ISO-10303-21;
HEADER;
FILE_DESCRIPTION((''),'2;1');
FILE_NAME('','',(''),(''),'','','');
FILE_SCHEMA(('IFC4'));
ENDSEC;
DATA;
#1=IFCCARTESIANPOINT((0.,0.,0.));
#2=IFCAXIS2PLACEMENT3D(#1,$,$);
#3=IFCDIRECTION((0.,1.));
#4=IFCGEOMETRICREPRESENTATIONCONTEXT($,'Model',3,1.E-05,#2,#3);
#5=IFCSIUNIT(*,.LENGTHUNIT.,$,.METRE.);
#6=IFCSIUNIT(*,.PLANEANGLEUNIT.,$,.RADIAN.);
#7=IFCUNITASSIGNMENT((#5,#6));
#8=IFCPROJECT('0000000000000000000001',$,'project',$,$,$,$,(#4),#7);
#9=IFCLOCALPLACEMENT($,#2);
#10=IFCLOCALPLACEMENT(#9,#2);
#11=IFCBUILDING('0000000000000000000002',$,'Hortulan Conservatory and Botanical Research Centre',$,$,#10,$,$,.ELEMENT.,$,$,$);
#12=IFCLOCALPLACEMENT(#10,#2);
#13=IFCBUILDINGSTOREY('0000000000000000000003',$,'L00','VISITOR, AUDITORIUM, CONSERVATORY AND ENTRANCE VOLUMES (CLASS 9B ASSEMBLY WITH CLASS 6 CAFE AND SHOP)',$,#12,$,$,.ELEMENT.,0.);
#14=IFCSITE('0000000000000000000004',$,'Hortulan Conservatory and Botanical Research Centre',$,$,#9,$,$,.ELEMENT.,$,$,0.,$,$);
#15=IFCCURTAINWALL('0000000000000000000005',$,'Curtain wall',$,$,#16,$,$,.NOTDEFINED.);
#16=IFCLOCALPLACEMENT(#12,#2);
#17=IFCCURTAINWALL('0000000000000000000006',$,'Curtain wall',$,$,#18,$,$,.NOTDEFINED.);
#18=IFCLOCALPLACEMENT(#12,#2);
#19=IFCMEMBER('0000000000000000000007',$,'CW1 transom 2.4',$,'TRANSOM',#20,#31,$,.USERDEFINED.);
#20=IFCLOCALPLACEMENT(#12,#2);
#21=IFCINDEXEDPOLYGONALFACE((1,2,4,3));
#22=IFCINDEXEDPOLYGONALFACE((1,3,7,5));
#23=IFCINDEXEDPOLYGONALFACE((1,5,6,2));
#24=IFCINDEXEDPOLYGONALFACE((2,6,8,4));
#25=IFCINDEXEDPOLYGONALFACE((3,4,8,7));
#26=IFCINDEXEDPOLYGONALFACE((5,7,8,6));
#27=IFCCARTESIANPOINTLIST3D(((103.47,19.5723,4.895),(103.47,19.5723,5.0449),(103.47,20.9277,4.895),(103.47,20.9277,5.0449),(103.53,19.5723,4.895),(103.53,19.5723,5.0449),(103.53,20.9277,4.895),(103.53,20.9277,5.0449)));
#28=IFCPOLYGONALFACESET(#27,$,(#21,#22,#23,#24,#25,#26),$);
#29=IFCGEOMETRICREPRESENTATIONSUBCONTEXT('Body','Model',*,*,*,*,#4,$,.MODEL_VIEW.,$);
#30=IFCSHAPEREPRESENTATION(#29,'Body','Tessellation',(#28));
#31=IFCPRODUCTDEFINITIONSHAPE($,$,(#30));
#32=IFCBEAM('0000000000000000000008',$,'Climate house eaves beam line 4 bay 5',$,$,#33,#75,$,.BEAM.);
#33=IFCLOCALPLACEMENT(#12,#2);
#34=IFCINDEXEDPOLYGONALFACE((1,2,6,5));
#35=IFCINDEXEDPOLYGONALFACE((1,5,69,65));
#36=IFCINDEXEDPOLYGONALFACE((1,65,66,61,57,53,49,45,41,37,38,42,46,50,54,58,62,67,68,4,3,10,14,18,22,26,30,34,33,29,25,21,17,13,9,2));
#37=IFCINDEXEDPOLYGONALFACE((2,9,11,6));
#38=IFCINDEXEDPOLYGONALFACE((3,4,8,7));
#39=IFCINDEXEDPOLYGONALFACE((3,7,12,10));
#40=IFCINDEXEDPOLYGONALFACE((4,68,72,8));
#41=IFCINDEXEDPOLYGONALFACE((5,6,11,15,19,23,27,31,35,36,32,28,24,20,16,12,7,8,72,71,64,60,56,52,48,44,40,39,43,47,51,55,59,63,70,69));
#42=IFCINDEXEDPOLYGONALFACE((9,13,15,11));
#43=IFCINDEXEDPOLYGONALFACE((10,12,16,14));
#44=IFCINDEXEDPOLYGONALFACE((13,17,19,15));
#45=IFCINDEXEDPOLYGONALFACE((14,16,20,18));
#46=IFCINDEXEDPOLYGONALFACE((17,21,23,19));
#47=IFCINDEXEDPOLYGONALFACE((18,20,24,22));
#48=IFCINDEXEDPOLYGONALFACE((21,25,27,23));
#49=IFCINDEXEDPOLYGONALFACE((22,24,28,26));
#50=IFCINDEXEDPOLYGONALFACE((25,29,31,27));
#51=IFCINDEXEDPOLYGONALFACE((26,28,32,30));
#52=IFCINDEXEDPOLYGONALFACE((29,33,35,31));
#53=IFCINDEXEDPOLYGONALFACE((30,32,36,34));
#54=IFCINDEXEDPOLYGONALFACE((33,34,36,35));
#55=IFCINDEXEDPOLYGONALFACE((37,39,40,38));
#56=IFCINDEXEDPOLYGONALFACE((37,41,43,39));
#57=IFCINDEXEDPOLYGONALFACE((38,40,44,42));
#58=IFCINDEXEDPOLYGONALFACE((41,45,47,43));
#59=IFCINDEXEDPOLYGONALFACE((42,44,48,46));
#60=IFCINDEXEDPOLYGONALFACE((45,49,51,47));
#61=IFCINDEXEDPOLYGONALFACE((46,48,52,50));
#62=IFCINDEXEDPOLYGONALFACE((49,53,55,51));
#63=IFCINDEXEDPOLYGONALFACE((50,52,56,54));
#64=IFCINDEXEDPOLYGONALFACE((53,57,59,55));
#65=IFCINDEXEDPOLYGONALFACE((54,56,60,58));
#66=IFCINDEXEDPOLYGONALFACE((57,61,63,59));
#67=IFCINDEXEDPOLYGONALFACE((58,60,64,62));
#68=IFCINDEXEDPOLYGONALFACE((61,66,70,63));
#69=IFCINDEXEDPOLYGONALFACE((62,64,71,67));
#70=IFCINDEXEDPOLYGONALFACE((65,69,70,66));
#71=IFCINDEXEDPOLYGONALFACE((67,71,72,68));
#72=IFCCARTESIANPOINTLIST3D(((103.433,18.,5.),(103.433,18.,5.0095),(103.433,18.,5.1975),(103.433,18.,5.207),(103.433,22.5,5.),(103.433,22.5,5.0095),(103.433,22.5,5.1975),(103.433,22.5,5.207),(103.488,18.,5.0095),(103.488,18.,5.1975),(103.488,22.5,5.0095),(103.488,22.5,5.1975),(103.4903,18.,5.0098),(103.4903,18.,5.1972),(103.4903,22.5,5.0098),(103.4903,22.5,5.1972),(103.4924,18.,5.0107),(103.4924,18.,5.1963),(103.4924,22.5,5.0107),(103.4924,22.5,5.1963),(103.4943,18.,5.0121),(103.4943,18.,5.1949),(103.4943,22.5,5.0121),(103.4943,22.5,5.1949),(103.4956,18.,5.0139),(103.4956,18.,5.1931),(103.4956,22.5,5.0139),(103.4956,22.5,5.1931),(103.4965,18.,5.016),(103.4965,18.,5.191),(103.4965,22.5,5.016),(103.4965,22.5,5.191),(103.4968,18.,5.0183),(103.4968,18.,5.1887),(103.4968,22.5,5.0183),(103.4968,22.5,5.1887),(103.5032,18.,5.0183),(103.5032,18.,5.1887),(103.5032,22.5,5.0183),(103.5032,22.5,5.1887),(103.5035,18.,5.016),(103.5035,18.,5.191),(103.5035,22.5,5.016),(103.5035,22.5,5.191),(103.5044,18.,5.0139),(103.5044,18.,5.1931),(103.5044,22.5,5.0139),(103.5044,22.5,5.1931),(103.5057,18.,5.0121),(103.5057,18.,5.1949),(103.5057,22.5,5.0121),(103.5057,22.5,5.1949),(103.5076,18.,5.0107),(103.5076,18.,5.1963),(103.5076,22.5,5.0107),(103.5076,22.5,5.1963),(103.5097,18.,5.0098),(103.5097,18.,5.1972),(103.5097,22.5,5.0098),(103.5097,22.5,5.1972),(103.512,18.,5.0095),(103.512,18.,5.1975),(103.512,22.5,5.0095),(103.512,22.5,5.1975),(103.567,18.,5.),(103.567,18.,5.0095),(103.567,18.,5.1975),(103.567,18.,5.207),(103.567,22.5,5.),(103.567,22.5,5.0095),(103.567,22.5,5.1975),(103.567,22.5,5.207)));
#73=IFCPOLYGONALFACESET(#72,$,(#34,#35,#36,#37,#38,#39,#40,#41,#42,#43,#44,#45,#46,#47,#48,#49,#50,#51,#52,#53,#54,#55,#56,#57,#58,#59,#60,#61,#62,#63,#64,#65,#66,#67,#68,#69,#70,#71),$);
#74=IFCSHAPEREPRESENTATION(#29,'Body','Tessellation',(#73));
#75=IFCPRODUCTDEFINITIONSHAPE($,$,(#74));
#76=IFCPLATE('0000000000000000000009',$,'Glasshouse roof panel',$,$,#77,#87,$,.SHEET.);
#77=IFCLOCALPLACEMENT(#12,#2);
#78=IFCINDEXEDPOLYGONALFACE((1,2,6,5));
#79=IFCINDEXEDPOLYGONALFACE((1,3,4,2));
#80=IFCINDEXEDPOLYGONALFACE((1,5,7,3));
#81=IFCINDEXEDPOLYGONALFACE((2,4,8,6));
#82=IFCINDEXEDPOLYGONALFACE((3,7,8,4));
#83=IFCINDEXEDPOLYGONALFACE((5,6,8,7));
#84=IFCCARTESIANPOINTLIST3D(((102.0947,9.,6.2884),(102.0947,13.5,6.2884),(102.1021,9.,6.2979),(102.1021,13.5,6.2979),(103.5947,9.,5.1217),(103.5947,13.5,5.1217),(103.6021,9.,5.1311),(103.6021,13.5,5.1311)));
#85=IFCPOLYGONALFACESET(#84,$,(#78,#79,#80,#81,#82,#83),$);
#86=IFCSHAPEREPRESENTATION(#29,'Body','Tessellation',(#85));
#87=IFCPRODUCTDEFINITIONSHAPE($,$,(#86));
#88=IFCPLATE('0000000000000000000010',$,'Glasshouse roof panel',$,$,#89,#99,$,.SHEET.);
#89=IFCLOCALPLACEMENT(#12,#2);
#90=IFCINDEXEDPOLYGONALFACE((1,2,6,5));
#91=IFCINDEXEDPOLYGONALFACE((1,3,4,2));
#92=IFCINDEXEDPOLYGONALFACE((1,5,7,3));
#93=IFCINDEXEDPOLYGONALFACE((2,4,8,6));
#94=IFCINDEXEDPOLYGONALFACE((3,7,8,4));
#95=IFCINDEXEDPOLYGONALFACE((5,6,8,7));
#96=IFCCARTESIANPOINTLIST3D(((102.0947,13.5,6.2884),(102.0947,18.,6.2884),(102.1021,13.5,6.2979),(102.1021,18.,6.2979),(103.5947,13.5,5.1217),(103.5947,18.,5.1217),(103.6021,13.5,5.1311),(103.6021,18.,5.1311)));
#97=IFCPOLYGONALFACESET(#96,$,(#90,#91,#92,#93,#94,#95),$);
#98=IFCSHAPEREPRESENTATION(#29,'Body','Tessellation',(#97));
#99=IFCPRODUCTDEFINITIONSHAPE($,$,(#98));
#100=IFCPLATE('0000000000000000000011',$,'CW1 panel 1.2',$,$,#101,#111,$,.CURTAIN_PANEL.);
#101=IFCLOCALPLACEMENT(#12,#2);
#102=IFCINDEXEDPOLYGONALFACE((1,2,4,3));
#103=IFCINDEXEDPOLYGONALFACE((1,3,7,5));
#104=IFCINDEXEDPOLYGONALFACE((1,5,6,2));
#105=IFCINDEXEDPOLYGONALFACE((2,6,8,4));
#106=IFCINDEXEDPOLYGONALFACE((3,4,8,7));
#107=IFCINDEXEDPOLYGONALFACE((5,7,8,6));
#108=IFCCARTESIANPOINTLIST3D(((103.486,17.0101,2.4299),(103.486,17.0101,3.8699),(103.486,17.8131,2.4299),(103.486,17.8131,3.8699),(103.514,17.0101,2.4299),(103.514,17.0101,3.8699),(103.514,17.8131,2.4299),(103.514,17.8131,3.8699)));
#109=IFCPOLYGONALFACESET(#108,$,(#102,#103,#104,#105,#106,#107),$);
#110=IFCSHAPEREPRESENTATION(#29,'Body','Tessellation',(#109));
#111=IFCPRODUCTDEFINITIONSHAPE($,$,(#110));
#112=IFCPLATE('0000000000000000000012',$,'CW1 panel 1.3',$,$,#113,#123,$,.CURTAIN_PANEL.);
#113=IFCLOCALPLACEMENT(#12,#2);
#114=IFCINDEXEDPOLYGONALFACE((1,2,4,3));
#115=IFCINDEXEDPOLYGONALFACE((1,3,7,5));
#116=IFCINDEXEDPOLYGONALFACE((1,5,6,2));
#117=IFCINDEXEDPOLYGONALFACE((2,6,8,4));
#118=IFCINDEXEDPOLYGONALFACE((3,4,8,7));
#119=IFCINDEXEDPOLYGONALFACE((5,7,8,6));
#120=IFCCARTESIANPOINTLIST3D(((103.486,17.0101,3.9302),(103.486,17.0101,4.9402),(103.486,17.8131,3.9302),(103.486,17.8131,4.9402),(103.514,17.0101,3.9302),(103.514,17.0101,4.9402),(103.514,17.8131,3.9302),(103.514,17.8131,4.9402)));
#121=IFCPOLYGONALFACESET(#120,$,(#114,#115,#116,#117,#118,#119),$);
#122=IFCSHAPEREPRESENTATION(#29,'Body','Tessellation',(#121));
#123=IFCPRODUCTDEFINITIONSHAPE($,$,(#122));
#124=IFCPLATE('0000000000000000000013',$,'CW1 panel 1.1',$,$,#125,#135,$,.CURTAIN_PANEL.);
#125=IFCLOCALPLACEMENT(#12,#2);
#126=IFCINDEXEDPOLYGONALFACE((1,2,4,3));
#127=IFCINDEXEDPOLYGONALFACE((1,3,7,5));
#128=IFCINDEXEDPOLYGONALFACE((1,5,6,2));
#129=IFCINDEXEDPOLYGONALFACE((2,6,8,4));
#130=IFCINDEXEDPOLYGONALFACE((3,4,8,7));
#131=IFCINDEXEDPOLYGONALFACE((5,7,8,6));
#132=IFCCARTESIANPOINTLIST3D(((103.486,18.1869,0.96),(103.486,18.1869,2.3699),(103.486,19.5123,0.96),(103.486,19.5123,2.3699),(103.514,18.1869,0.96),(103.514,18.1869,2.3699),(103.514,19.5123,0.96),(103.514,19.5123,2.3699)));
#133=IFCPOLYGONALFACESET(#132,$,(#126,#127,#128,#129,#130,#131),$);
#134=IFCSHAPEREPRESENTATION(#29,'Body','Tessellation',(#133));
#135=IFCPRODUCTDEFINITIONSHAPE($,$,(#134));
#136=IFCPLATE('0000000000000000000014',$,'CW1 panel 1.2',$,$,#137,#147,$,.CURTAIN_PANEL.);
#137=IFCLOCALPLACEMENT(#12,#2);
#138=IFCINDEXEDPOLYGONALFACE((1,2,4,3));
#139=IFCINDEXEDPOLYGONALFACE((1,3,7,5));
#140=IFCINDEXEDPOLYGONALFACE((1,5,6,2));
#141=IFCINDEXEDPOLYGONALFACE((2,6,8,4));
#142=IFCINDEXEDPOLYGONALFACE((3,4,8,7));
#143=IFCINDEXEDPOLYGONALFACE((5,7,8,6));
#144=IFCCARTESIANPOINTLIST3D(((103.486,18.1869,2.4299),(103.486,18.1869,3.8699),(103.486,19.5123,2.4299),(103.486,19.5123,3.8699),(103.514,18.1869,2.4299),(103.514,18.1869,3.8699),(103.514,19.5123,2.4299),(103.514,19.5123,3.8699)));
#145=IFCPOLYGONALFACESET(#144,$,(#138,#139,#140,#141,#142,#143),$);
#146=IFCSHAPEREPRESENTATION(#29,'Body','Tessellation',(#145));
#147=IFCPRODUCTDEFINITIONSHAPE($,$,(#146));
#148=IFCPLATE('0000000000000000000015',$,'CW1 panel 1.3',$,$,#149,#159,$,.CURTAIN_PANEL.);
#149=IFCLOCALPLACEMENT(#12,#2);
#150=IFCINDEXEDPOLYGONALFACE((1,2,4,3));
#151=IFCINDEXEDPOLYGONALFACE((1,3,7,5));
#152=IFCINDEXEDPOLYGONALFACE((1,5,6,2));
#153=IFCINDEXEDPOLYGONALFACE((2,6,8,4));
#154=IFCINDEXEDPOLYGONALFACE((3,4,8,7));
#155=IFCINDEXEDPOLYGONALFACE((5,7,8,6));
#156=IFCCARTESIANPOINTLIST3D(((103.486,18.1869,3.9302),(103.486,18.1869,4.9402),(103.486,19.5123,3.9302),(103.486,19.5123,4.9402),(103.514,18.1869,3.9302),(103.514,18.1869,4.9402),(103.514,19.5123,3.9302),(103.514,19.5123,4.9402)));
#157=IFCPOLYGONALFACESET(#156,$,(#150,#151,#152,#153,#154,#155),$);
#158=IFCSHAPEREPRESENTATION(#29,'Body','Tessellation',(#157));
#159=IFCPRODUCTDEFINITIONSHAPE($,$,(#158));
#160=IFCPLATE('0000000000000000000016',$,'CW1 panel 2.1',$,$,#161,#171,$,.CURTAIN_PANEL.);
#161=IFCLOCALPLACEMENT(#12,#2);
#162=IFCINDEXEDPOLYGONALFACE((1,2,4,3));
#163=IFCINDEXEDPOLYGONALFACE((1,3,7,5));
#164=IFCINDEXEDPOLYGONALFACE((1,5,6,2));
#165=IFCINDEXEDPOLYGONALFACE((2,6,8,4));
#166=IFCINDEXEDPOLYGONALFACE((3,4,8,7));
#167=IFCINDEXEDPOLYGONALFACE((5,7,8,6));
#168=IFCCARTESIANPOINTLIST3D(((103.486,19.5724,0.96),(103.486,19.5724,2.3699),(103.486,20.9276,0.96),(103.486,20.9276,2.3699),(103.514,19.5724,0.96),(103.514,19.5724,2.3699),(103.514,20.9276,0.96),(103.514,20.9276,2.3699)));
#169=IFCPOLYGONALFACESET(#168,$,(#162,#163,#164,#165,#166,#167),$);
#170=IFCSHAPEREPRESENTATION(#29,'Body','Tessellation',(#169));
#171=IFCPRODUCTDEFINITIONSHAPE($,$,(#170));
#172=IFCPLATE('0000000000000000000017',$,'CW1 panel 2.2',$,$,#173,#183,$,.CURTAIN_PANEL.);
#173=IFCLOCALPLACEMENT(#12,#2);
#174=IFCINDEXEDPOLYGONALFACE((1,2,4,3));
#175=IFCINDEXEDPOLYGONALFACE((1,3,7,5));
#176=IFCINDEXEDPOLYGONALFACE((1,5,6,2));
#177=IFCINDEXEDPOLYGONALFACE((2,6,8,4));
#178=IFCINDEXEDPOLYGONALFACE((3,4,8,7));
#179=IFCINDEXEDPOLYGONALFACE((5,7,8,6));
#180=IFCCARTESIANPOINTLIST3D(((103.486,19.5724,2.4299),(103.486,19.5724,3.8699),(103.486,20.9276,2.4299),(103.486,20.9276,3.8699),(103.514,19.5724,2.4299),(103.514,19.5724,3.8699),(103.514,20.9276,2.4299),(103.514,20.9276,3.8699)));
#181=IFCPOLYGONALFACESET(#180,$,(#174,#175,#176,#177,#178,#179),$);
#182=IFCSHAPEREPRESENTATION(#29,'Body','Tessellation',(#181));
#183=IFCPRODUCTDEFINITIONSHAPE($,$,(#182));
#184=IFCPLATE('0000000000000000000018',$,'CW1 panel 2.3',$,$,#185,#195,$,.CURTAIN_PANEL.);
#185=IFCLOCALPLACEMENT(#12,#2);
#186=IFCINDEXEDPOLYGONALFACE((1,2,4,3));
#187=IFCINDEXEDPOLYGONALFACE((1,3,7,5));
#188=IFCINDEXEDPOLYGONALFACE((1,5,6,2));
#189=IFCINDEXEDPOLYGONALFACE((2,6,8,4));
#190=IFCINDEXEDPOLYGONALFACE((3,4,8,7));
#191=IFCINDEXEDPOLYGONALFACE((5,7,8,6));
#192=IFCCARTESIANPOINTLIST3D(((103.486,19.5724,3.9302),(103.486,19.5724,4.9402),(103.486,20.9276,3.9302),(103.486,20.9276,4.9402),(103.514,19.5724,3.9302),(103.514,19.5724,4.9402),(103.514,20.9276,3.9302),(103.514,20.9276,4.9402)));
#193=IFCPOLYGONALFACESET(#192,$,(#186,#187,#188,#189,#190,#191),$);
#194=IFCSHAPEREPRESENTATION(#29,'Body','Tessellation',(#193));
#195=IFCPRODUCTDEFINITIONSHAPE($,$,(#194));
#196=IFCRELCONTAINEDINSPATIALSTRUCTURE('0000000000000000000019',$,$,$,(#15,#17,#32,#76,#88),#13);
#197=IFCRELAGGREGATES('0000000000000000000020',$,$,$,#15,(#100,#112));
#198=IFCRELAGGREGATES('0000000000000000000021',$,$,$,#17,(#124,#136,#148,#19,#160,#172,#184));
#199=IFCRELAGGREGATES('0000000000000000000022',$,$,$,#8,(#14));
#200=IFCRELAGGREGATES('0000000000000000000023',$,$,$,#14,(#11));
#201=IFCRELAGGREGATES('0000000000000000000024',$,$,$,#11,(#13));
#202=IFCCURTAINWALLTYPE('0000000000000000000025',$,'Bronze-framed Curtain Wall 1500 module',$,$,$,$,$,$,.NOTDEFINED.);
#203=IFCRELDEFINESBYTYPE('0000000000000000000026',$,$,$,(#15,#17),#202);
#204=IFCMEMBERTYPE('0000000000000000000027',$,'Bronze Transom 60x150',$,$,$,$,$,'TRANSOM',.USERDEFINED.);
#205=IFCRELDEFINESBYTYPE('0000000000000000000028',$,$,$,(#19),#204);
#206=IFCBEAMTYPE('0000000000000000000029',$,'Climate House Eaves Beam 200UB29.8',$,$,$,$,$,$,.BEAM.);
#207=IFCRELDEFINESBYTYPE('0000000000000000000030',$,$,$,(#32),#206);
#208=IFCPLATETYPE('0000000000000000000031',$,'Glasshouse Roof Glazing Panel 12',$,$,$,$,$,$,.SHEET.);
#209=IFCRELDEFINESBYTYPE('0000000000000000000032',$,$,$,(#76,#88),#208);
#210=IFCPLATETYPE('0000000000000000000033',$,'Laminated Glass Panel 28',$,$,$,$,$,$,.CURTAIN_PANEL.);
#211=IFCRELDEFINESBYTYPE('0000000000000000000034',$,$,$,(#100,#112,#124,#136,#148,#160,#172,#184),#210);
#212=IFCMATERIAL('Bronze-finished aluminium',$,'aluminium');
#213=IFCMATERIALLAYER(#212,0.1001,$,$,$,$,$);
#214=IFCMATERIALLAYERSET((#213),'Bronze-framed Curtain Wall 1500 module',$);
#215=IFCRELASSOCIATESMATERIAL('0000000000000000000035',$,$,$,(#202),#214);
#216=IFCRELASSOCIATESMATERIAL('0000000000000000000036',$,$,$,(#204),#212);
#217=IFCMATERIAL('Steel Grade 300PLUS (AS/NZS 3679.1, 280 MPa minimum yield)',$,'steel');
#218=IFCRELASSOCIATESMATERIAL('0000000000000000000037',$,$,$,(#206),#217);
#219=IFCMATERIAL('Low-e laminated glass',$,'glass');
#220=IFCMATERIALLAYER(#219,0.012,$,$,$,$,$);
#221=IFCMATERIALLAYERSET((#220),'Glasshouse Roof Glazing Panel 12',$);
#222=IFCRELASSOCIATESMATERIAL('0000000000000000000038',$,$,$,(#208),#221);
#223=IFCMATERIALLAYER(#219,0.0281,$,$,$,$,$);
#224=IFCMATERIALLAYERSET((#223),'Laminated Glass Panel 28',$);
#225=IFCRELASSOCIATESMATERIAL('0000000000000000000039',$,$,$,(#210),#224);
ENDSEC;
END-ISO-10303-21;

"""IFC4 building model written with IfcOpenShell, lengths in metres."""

from ifc_helpers import new_model, si_unit, direction, frame, origin, origin_2d, place, context, subcontext, project, spatial, polyline, rectangle, i_section, outline, extrude, material, layer, layer_set, material_profile, profile_set, type_object, element, aggregate, save


model = new_model("IFC4")

# Units and contexts
model_context = context("Model", 3, precision=1e-05, world=origin(), true_north=direction((0.0, 1.0)))
body_context = subcontext(model_context, "Body", "Model", "MODEL_VIEW")
ifc_project = project(units=[si_unit("LENGTHUNIT", "METRE"), si_unit("PLANEANGLEUNIT", "RADIAN")], contexts=[model_context])

# Site, building, storey
site_placement = place(None, origin())
site = spatial("IfcSite", under=ifc_project, at=site_placement, Name="Hortulan Conservatory and Botanical Research Centre", CompositionType="ELEMENT", RefElevation=0.0)
building_placement = place(site_placement, origin())
building = spatial("IfcBuilding", under=site, at=building_placement, Name="Hortulan Conservatory and Botanical Research Centre", CompositionType="ELEMENT")
storey_placement = place(building_placement, origin())
storey = spatial("IfcBuildingStorey", under=building, at=storey_placement, Name="L00", Description="VISITOR, AUDITORIUM, CONSERVATORY AND ENTRANCE VOLUMES (CLASS 9B ASSEMBLY WITH CLASS 6 CAFE AND SHOP)", CompositionType="ELEMENT", Elevation=0.0)

# Shared definitions
ifc_material_1 = material(Name="Steel Grade 300PLUS (AS/NZS 3679.1, 280 MPa minimum yield)", Category="steel")

# Curtain wall
ifc_material_2 = material(Name="Bronze-finished aluminium", Category="aluminium")
ifc_layer_1 = layer(ifc_material_2, 0.1001)
ifc_layer_set_1 = layer_set([ifc_layer_1], Name="Bronze-framed Curtain Wall 1500 module")
curtain_wall_type = type_object("IfcCurtainWallType", Name="Bronze-framed Curtain Wall 1500 module", PredefinedType="NOTDEFINED", material=ifc_layer_set_1)
curtain_wall_1_placement = place(storey_placement, origin())
curtain_wall_1 = element("IfcCurtainWall", 1, at=curtain_wall_1_placement, inside=storey, type_object=curtain_wall_type, Name="Curtain wall", PredefinedType="NOTDEFINED")

# Curtain wall, member
curtain_wall_2_placement = place(storey_placement, origin())
curtain_wall_2 = element("IfcCurtainWall", 2, at=curtain_wall_2_placement, inside=storey, type_object=curtain_wall_type, Name="Curtain wall", PredefinedType="NOTDEFINED")
ifc_material_profile_1 = material_profile(ifc_material_2, rectangle(XDim=0.0601, YDim=0.1499, at=origin_2d()), Name="Bronze Transom 60x150")
ifc_profile_set_1 = profile_set([ifc_material_profile_1], Name="Bronze-finished aluminium")
member_type_1 = type_object("IfcMemberType", Name="Bronze Transom 60x150", ElementType="TRANSOM", PredefinedType="USERDEFINED", material=ifc_profile_set_1)
member_1_placement = place(storey_placement, frame((103.5, 19.5723, 4.97), z_axis=(0.0, 1.0, 0.0), x_axis=(-1.0, 0.0, 0.0)))
member_1 = element("IfcMember", 3, at=member_1_placement, type_object=member_type_1, Name="CW1 transom 2.4", ObjectType="TRANSOM", PredefinedType="USERDEFINED", context=body_context, shape_type="SweptSolid", body=[
    extrude(rectangle(XDim=0.0601, YDim=0.1499, at=origin_2d()), origin(), (0.0, 0.0, 1.0), 1.3555),
])

# Beam
ifc_material_profile_2 = material_profile(ifc_material_1, i_section(OverallWidth=0.134, OverallDepth=0.207, WebThickness=0.0063, FlangeThickness=0.0095, FilletRadius=0.0088, at=origin_2d()), Name="200UB29.8")
ifc_profile_set_2 = profile_set([ifc_material_profile_2], Name="Steel Grade 300PLUS (AS/NZS 3679.1, 280 MPa minimum yield)")
beam_type = type_object("IfcBeamType", Name="Climate House Eaves Beam 200UB29.8", PredefinedType="BEAM", material=ifc_profile_set_2)
beam_placement = place(storey_placement, frame((103.5, 18.0, 5.1035), z_axis=(0.0, 1.0, 0.0), x_axis=(-1.0, 0.0, 0.0)))
element("IfcBeam", 4, at=beam_placement, inside=storey, type_object=beam_type, Name="Climate house eaves beam line 4 bay 5", PredefinedType="BEAM", context=body_context, shape_type="SweptSolid", body=[
    extrude(i_section(OverallWidth=0.134, OverallDepth=0.207, WebThickness=0.0063, FlangeThickness=0.0095, FilletRadius=0.0088, at=origin_2d()), origin(), (0.0, 0.0, 1.0), 4.5),
])

# Plates
ifc_material_3 = material(Name="Low-e laminated glass", Category="glass")
ifc_layer_2 = layer(ifc_material_3, 0.012)
ifc_layer_set_2 = layer_set([ifc_layer_2], Name="Glasshouse Roof Glazing Panel 12")
plate_type_1 = type_object("IfcPlateType", Name="Glasshouse Roof Glazing Panel 12", PredefinedType="SHEET", material=ifc_layer_set_2)
for number, where, z_axis, x_axis, name in (
    (5, (103.6021, 13.5, 5.1311), (0.613967, 0.0, 0.789331), (-0.789331, 0.0, 0.613967), "Glasshouse roof panel"),
    (6, (103.6021, 18.0, 5.1311), (0.613967, 0.0, 0.789331), (-0.789331, 0.0, 0.613967), "Glasshouse roof panel"),
):
    element("IfcPlate", number, at=place(storey_placement, frame(where, z_axis=z_axis, x_axis=x_axis)), inside=storey, type_object=plate_type_1, Name=name, PredefinedType="SHEET", context=body_context, shape_type="SweptSolid", body=[
        extrude(outline(polyline([(0.0, 0.0), (1.9003, 0.0), (1.9003, 4.5), (0.0, 4.5), (0.0, 0.0)])), origin(), (0.0, 0.0, -1.0), 0.012),
    ])

# Plates
ifc_layer_3 = layer(ifc_material_3, 0.0281)
ifc_layer_set_3 = layer_set([ifc_layer_3], Name="Laminated Glass Panel 28")
plate_type_2 = type_object("IfcPlateType", Name="Laminated Glass Panel 28", PredefinedType="CURTAIN_PANEL", material=ifc_layer_set_3)
plate_1_placement = place(storey_placement, frame((103.5, 17.4116, 2.4299), z_axis=(0.0, 0.0, 1.0), x_axis=(0.0, 1.0, 0.0)))
plate_1 = element("IfcPlate", 7, at=plate_1_placement, type_object=plate_type_2, Name="CW1 panel 1.2", PredefinedType="CURTAIN_PANEL", context=body_context, shape_type="SweptSolid", body=[
    extrude(rectangle(XDim=0.803, YDim=0.0281, at=origin_2d()), origin(), (0.0, 0.0, 1.0), 1.4399),
])
plate_2_placement = place(storey_placement, frame((103.5, 17.4116, 3.9302), z_axis=(0.0, 0.0, 1.0), x_axis=(0.0, 1.0, 0.0)))
plate_2 = element("IfcPlate", 8, at=plate_2_placement, type_object=plate_type_2, Name="CW1 panel 1.3", PredefinedType="CURTAIN_PANEL", context=body_context, shape_type="SweptSolid", body=[
    extrude(rectangle(XDim=0.803, YDim=0.0281, at=origin_2d()), origin(), (0.0, 0.0, 1.0), 1.01),
])
aggregate(curtain_wall_1, [plate_1, plate_2])
plate_3_placement = place(storey_placement, frame((103.5, 18.8496, 0.96), z_axis=(0.0, 0.0, 1.0), x_axis=(0.0, 1.0, 0.0)))
plate_3 = element("IfcPlate", 9, at=plate_3_placement, type_object=plate_type_2, Name="CW1 panel 1.1", PredefinedType="CURTAIN_PANEL", context=body_context, shape_type="SweptSolid", body=[
    extrude(rectangle(XDim=1.3254, YDim=0.0281, at=origin_2d()), origin(), (0.0, 0.0, 1.0), 1.4099),
])
plate_4_placement = place(storey_placement, frame((103.5, 18.8496, 2.4299), z_axis=(0.0, 0.0, 1.0), x_axis=(0.0, 1.0, 0.0)))
plate_4 = element("IfcPlate", 10, at=plate_4_placement, type_object=plate_type_2, Name="CW1 panel 1.2", PredefinedType="CURTAIN_PANEL", context=body_context, shape_type="SweptSolid", body=[
    extrude(rectangle(XDim=1.3254, YDim=0.0281, at=origin_2d()), origin(), (0.0, 0.0, 1.0), 1.4399),
])
plate_5_placement = place(storey_placement, frame((103.5, 18.8496, 3.9302), z_axis=(0.0, 0.0, 1.0), x_axis=(0.0, 1.0, 0.0)))
plate_5 = element("IfcPlate", 11, at=plate_5_placement, type_object=plate_type_2, Name="CW1 panel 1.3", PredefinedType="CURTAIN_PANEL", context=body_context, shape_type="SweptSolid", body=[
    extrude(rectangle(XDim=1.3254, YDim=0.0281, at=origin_2d()), origin(), (0.0, 0.0, 1.0), 1.01),
])
plate_6_placement = place(storey_placement, frame((103.5, 20.25, 0.96), z_axis=(0.0, 0.0, 1.0), x_axis=(0.0, 1.0, 0.0)))
plate_6 = element("IfcPlate", 12, at=plate_6_placement, type_object=plate_type_2, Name="CW1 panel 2.1", PredefinedType="CURTAIN_PANEL", context=body_context, shape_type="SweptSolid", body=[
    extrude(rectangle(XDim=1.3552, YDim=0.0281, at=origin_2d()), origin(), (0.0, 0.0, 1.0), 1.4099),
])
plate_7_placement = place(storey_placement, frame((103.5, 20.25, 2.4299), z_axis=(0.0, 0.0, 1.0), x_axis=(0.0, 1.0, 0.0)))
plate_7 = element("IfcPlate", 13, at=plate_7_placement, type_object=plate_type_2, Name="CW1 panel 2.2", PredefinedType="CURTAIN_PANEL", context=body_context, shape_type="SweptSolid", body=[
    extrude(rectangle(XDim=1.3552, YDim=0.0281, at=origin_2d()), origin(), (0.0, 0.0, 1.0), 1.4399),
])
plate_8_placement = place(storey_placement, frame((103.5, 20.25, 3.9302), z_axis=(0.0, 0.0, 1.0), x_axis=(0.0, 1.0, 0.0)))
plate_8 = element("IfcPlate", 14, at=plate_8_placement, type_object=plate_type_2, Name="CW1 panel 2.3", PredefinedType="CURTAIN_PANEL", context=body_context, shape_type="SweptSolid", body=[
    extrude(rectangle(XDim=1.3552, YDim=0.0281, at=origin_2d()), origin(), (0.0, 0.0, 1.0), 1.01),
])
aggregate(curtain_wall_2, [plate_3, plate_4, plate_5, member_1, plate_6, plate_7, plate_8])

save(model, "model.ifc")
